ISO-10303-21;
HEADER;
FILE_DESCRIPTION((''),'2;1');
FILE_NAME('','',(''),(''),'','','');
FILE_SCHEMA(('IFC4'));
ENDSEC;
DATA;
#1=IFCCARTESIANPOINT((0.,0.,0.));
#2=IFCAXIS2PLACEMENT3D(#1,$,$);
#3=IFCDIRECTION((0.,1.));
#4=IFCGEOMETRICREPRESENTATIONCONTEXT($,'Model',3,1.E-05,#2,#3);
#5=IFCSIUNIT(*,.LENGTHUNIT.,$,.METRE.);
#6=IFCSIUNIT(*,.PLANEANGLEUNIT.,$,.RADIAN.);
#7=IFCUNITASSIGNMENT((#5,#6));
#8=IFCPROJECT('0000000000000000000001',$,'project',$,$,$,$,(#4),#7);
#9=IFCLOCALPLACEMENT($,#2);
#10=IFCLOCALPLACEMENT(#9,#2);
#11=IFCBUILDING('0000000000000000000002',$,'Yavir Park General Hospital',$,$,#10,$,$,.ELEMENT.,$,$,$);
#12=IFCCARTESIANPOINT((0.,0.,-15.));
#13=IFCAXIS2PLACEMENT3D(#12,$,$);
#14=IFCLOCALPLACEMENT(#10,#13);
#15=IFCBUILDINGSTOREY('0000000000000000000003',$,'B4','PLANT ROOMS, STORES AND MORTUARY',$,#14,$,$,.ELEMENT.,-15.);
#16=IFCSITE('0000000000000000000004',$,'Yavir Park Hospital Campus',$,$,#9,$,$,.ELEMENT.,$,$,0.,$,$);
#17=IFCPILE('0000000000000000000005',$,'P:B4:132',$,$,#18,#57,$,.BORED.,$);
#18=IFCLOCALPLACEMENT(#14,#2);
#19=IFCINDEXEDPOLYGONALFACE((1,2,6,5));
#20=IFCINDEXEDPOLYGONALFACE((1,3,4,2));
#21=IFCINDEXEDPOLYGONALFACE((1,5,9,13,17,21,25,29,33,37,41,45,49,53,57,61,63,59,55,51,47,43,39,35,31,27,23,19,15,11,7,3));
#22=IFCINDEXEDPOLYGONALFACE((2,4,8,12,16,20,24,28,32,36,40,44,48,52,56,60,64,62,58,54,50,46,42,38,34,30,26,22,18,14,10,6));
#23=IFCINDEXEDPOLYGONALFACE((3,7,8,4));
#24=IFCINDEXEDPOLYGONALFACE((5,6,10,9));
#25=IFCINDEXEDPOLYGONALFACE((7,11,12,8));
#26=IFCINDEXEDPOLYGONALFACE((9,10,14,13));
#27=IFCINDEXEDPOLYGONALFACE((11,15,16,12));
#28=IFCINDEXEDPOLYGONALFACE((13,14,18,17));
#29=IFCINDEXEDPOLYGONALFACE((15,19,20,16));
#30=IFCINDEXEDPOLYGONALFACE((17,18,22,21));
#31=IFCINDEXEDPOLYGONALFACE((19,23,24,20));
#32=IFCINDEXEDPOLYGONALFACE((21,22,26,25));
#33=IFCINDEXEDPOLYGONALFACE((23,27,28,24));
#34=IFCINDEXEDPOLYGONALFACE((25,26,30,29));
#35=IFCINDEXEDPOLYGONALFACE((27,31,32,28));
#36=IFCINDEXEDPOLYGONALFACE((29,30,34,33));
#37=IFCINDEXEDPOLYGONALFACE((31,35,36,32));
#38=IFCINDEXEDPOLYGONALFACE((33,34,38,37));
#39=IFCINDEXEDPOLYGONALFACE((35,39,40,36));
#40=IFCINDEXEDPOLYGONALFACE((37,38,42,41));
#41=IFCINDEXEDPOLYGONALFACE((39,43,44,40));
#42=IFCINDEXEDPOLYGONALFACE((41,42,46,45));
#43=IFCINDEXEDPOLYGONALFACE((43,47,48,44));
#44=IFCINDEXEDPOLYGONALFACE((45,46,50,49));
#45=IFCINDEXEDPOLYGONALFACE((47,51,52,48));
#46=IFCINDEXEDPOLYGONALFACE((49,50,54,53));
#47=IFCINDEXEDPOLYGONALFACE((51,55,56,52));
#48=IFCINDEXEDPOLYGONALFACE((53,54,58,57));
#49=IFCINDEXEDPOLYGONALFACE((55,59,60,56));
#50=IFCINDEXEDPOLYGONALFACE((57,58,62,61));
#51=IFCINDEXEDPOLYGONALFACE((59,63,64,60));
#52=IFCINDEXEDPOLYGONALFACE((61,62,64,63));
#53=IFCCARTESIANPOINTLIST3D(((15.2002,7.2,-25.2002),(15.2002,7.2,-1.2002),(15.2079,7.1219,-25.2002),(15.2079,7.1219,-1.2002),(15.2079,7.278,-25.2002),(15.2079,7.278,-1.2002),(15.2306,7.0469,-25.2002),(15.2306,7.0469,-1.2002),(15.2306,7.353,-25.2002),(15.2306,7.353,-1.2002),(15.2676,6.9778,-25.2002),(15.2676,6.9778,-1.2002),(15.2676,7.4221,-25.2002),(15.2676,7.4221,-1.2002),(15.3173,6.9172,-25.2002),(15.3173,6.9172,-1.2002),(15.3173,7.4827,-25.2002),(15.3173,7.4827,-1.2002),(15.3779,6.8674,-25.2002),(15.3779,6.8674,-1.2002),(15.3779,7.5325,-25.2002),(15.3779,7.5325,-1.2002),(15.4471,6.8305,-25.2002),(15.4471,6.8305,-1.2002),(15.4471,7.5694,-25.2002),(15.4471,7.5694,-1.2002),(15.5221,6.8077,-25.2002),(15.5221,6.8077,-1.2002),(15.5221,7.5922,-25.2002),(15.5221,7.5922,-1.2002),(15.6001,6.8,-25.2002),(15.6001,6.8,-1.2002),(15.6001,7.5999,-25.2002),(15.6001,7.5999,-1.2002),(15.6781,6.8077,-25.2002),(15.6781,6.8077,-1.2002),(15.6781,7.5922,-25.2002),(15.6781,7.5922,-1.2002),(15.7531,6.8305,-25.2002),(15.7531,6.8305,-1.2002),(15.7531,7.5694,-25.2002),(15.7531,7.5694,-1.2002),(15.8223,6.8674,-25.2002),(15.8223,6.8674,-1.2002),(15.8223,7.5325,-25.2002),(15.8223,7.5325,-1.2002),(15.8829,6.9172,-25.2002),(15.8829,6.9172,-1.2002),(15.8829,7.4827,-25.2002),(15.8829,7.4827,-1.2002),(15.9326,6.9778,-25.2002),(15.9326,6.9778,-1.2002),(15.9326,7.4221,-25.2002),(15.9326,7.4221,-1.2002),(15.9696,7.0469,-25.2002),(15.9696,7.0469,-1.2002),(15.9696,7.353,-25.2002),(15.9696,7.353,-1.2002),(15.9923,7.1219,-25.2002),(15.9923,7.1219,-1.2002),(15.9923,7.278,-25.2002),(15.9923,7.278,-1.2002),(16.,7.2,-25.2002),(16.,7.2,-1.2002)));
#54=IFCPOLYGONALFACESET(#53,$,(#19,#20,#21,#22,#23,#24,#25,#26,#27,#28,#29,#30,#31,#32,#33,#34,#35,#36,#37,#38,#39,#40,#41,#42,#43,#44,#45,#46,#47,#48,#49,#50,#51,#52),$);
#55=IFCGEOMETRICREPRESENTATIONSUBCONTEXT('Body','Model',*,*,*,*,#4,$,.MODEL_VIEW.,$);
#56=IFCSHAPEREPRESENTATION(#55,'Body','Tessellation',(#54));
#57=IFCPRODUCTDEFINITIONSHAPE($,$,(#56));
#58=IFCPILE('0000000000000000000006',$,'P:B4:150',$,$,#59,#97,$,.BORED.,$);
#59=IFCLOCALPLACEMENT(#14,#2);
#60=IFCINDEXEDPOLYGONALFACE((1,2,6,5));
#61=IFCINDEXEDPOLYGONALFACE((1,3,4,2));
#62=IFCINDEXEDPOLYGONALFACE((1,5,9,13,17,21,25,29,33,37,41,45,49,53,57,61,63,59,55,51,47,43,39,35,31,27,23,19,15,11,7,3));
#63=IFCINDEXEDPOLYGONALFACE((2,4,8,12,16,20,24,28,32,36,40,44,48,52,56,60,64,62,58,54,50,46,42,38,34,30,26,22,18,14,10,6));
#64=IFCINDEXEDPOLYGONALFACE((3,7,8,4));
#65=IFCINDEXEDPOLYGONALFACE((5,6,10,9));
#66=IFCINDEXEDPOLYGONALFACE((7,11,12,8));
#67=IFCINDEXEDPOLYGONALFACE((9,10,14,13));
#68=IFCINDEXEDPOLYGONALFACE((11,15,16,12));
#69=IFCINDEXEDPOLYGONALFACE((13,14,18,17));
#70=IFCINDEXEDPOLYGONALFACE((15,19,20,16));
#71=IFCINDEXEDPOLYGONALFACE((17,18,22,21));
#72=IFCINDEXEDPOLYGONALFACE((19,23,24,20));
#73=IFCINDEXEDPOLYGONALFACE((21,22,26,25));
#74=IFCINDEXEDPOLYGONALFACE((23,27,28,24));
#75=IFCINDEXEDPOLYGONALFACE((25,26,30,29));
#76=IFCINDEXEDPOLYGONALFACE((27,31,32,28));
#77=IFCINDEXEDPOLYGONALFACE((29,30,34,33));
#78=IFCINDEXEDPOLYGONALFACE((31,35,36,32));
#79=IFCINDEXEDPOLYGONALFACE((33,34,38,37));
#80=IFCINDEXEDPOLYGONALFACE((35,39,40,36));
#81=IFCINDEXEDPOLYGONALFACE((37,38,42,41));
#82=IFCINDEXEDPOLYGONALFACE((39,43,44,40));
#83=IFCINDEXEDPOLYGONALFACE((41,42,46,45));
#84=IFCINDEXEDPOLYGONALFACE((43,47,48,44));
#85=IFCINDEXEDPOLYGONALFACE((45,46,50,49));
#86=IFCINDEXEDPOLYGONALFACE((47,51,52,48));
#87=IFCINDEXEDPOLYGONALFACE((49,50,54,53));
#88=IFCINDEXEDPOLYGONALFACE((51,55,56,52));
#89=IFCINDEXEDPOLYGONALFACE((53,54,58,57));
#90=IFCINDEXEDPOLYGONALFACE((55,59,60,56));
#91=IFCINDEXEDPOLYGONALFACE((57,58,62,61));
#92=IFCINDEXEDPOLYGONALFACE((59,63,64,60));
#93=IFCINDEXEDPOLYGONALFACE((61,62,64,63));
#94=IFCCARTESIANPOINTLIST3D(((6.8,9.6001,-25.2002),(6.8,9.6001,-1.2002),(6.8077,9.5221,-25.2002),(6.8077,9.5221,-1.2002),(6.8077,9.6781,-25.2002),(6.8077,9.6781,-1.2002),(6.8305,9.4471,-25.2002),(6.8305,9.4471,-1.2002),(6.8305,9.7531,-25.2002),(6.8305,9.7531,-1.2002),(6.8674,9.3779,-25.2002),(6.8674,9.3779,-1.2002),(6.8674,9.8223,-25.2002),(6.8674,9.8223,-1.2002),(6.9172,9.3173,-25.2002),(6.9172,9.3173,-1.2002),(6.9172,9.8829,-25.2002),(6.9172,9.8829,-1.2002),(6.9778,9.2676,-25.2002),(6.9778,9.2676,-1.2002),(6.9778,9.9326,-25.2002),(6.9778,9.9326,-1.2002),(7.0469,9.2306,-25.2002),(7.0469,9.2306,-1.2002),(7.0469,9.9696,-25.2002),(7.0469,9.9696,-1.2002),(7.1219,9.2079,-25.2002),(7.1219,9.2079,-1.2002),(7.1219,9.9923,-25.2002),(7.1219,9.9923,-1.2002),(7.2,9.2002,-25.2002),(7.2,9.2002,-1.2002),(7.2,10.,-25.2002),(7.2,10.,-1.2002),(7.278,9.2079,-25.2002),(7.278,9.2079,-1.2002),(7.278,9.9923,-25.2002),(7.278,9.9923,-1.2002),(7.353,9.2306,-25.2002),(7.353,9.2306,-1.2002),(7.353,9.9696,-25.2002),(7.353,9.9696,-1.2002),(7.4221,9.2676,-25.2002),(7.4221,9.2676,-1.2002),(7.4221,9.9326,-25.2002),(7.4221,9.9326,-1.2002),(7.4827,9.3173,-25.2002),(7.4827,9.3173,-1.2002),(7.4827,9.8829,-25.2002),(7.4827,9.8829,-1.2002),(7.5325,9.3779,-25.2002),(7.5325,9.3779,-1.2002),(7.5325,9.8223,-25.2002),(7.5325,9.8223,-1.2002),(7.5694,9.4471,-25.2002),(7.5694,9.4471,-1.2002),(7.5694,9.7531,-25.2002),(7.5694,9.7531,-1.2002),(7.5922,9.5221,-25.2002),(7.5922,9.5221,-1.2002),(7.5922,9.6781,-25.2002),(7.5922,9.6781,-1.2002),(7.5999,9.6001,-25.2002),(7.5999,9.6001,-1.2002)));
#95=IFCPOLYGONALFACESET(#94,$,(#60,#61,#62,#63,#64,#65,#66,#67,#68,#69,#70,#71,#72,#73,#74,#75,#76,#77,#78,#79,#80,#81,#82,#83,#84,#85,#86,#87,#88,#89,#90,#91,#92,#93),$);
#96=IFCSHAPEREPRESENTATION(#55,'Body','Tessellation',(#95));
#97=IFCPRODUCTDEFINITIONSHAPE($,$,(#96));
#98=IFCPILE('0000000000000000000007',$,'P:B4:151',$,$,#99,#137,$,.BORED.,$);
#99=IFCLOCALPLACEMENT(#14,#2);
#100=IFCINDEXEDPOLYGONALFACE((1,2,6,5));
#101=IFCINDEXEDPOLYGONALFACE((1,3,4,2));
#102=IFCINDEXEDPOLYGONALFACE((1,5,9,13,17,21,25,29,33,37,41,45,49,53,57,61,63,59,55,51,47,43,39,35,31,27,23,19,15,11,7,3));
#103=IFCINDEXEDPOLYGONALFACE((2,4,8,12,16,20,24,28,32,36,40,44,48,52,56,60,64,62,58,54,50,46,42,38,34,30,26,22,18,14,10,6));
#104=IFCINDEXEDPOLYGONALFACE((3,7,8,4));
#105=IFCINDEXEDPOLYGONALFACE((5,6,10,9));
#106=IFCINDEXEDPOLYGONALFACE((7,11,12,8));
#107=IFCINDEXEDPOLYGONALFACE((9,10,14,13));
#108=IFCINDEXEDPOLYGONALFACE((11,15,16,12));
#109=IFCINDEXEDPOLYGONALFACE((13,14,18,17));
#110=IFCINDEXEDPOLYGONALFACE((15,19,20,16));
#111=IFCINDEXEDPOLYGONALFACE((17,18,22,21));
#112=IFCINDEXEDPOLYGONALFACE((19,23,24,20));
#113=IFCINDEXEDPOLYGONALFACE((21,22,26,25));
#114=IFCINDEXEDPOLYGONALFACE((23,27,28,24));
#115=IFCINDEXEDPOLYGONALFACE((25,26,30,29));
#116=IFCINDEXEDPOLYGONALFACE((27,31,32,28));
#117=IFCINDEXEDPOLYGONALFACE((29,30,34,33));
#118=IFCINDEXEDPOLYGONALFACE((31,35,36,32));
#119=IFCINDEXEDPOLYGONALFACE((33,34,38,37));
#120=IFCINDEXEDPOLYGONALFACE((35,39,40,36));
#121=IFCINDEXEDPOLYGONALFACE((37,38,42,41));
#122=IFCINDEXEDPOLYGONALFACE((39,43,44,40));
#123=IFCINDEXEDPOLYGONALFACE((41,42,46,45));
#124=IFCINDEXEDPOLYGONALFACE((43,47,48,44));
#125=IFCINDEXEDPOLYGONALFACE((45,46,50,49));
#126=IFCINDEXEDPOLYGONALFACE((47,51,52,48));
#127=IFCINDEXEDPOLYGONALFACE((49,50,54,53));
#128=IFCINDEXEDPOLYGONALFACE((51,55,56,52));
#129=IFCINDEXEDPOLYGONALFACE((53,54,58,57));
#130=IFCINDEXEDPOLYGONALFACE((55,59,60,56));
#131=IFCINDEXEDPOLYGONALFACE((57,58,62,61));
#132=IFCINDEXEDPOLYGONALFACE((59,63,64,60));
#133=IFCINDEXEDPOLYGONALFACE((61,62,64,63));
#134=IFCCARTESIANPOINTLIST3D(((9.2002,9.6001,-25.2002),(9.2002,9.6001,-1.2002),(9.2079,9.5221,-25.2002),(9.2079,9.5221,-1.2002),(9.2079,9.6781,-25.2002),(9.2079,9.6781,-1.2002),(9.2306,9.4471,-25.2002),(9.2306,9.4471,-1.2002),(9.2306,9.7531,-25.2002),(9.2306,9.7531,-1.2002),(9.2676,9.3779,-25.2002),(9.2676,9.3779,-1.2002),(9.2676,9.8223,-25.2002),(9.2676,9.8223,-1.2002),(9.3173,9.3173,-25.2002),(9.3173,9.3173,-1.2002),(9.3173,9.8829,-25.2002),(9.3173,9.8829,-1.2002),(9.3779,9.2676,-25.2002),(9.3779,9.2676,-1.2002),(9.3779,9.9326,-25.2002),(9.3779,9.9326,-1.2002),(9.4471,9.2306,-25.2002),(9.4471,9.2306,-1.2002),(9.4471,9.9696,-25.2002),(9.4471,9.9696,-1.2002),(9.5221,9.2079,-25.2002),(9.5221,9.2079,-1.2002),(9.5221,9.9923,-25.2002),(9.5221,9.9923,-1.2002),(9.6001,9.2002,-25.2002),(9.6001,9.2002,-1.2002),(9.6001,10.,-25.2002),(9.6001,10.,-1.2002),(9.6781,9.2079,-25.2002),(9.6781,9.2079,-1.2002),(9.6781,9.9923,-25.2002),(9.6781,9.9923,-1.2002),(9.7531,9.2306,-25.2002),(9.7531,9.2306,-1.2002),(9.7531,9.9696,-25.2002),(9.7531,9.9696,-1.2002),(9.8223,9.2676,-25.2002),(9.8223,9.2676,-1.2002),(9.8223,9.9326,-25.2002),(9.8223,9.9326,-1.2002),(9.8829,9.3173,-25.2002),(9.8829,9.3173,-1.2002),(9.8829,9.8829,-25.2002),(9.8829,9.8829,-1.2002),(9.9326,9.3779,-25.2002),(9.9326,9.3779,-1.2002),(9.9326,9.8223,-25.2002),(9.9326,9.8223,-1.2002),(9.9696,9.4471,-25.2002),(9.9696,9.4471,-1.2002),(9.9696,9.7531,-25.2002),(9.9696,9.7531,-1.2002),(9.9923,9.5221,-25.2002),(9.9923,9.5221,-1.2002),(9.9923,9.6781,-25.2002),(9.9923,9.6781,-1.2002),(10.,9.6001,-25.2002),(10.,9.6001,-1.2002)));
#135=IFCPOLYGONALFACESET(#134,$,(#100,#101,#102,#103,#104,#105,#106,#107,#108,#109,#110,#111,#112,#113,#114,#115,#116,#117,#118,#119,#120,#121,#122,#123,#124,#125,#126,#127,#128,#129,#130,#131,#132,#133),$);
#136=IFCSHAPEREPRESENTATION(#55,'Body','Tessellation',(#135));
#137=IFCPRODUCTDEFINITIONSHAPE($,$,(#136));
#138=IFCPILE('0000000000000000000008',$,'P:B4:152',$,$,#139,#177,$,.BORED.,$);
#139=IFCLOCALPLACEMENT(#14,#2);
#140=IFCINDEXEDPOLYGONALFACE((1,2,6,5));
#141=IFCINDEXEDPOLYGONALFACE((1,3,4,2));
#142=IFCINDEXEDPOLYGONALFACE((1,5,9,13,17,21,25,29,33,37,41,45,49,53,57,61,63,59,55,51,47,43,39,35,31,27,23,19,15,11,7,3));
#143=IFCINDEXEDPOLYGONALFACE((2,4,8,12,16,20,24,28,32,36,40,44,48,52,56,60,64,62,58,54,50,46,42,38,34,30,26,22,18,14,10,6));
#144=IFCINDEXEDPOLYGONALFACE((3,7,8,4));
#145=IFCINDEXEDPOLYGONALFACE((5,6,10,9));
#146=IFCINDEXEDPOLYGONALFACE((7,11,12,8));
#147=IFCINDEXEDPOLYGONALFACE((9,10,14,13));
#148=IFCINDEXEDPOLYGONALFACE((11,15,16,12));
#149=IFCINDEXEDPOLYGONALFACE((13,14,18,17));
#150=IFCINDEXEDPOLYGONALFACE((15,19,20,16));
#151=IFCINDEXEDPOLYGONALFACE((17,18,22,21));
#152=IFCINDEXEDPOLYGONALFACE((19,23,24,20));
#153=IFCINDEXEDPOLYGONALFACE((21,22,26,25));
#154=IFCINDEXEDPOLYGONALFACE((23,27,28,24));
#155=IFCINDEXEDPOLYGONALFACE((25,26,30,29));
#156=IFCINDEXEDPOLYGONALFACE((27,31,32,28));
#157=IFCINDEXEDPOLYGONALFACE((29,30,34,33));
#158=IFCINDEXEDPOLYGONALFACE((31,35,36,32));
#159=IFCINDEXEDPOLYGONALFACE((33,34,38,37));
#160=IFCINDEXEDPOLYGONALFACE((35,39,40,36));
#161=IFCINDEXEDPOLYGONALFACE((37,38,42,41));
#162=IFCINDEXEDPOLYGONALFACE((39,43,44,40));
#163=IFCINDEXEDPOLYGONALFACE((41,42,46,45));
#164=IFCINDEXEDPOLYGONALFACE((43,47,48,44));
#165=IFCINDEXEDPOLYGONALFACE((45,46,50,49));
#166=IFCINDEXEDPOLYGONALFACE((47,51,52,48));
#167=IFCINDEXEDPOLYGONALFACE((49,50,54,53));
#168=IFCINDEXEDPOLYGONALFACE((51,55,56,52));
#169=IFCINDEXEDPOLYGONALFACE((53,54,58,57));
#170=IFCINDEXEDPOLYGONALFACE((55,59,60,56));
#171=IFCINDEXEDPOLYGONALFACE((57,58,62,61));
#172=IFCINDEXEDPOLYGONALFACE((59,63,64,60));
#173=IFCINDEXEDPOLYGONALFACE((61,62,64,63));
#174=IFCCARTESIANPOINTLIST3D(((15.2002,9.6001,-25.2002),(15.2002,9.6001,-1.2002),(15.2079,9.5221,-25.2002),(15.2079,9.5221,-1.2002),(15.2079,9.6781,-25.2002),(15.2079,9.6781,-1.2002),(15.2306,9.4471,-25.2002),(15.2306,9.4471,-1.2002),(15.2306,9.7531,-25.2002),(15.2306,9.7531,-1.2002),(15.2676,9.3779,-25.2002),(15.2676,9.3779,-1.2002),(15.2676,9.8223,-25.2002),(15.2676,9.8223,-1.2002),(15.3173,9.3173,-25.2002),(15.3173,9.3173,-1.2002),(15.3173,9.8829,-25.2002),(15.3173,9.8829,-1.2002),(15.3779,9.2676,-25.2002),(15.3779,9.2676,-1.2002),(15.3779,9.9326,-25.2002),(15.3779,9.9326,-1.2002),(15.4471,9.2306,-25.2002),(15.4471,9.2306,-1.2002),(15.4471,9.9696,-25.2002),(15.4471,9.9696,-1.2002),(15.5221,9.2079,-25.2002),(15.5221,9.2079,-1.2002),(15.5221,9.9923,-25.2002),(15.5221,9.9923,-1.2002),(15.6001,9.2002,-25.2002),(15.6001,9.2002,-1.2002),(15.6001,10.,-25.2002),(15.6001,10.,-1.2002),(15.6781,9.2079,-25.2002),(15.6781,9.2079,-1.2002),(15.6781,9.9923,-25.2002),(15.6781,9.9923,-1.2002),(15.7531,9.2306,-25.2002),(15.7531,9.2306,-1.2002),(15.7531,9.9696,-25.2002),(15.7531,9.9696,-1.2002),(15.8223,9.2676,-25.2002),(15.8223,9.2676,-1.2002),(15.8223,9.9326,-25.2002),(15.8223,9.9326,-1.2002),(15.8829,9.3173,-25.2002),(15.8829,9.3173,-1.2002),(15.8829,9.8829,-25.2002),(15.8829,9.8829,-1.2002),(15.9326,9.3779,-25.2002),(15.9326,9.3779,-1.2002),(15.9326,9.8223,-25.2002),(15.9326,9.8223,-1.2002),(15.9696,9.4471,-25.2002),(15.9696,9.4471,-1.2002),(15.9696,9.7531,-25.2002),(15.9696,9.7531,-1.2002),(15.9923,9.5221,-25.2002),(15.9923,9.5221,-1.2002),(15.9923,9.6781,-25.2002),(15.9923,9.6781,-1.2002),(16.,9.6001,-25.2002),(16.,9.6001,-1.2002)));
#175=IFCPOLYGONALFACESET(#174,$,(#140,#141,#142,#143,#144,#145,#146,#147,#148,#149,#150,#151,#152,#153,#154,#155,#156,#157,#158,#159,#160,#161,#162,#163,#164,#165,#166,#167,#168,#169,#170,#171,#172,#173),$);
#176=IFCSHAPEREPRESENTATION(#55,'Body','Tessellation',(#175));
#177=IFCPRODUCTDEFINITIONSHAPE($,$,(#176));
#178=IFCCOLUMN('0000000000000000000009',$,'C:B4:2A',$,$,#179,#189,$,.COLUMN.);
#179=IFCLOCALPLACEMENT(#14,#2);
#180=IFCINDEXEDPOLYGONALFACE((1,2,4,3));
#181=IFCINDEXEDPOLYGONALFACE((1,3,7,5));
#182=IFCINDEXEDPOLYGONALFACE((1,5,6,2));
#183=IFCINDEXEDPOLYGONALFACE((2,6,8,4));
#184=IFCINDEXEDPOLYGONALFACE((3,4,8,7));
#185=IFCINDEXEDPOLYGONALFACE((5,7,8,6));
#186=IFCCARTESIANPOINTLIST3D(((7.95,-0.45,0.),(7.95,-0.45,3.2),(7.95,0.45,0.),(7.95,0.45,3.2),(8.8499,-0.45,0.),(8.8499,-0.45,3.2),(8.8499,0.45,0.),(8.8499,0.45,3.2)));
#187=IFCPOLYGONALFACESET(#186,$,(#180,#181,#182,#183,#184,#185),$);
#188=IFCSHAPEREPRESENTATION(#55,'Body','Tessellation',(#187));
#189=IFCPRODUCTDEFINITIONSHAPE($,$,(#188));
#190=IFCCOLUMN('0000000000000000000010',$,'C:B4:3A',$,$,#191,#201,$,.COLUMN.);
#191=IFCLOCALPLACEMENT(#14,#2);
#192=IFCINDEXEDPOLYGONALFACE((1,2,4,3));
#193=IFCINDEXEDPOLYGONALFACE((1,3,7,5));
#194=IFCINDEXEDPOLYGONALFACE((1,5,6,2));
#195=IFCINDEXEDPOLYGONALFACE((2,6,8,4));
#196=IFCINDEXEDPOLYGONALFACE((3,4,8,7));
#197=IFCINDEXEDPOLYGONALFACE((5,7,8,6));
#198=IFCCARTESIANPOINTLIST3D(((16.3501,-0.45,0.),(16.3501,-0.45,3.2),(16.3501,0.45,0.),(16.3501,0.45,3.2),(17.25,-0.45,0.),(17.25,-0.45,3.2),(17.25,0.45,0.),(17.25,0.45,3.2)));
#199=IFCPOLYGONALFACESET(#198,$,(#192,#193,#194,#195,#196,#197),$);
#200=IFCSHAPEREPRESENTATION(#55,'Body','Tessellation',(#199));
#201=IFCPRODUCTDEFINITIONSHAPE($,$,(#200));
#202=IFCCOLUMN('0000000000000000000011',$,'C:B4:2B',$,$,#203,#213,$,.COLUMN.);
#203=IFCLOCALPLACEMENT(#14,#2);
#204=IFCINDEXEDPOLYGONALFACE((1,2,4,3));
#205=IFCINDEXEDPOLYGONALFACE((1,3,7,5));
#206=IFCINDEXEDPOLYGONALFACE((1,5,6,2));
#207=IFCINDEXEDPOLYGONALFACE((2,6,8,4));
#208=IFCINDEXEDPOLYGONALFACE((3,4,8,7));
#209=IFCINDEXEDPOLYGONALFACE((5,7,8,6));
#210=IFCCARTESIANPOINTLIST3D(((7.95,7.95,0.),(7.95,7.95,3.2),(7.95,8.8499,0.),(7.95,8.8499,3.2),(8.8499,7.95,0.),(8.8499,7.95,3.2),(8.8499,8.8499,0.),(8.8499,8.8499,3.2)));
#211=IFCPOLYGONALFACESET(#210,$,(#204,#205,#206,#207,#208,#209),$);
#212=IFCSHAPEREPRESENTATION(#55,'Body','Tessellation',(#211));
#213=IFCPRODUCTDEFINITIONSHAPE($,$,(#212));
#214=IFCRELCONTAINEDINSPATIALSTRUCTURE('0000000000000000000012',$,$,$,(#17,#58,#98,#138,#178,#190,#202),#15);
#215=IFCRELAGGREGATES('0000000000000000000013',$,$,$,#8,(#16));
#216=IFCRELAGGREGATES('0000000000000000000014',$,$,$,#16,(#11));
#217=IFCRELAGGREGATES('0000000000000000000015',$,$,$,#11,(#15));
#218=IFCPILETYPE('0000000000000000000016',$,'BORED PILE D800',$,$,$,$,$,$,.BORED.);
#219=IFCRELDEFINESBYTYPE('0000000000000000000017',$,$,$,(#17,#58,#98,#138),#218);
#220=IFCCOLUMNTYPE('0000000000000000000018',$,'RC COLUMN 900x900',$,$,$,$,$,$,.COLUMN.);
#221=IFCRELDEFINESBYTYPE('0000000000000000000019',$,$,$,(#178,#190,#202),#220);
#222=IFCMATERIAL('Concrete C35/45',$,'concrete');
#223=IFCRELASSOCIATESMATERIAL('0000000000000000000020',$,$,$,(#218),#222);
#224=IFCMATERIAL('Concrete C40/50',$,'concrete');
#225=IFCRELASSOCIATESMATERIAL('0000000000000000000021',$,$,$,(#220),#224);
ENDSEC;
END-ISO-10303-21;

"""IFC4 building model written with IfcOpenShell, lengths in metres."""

from ifc_helpers import new_model, si_unit, direction, frame, origin, origin_2d, place, context, subcontext, project, spatial, rectangle, circle, extrude, material, material_profile, profile_set, type_object, element, save


model = new_model("IFC4")

# Units and contexts
model_context = context("Model", 3, precision=1e-05, world=origin(), true_north=direction((0.0, 1.0)))
body_context = subcontext(model_context, "Body", "Model", "MODEL_VIEW")
ifc_project = project(units=[si_unit("LENGTHUNIT", "METRE"), si_unit("PLANEANGLEUNIT", "RADIAN")], contexts=[model_context])

# Site, building, storey
site_placement = place(None, origin())
site = spatial("IfcSite", under=ifc_project, at=site_placement, Name="Yavir Park Hospital Campus", CompositionType="ELEMENT", RefElevation=0.0)
building_placement = place(site_placement, origin())
building = spatial("IfcBuilding", under=site, at=building_placement, Name="Yavir Park General Hospital", CompositionType="ELEMENT")
storey_placement = place(building_placement, frame((0.0, 0.0, -15.0)))
storey = spatial("IfcBuildingStorey", under=building, at=storey_placement, Name="B4", Description="PLANT ROOMS, STORES AND MORTUARY", CompositionType="ELEMENT", Elevation=-15.0)

# Piles
ifc_material_1 = material(Name="Concrete C35/45", Category="concrete")
ifc_material_profile_1 = material_profile(ifc_material_1, circle(Radius=0.3999, at=origin_2d()), Name="D800")
ifc_profile_set_1 = profile_set([ifc_material_profile_1], Name="Concrete C35/45")
pile_type = type_object("IfcPileType", Name="BORED PILE D800", PredefinedType="BORED", material=ifc_profile_set_1)
for number, where, z_axis, x_axis, name in (
    (1, (15.6001, 7.2, -1.2002), (0.0, 0.0, -1.0), (1.0, 0.0, 0.0), "P:B4:132"),
    (2, (7.2, 9.6001, -1.2002), (0.0, 0.0, -1.0), (1.0, 0.0, 0.0), "P:B4:150"),
    (3, (9.6001, 9.6001, -1.2002), (0.0, 0.0, -1.0), (1.0, 0.0, 0.0), "P:B4:151"),
    (4, (15.6001, 9.6001, -1.2002), (0.0, 0.0, -1.0), (1.0, 0.0, 0.0), "P:B4:152"),
):
    element("IfcPile", number, at=place(storey_placement, frame(where, z_axis=z_axis, x_axis=x_axis)), inside=storey, type_object=pile_type, Name=name, PredefinedType="BORED", context=body_context, shape_type="SweptSolid", body=[
        extrude(circle(Radius=0.3999, at=origin_2d()), origin(), (0.0, 0.0, 1.0), 24.0),
    ])

# Columns
ifc_material_2 = material(Name="Concrete C40/50", Category="concrete")
ifc_material_profile_2 = material_profile(ifc_material_2, rectangle(XDim=0.8999, YDim=0.8999, at=origin_2d()), Name="RC900x900")
ifc_profile_set_2 = profile_set([ifc_material_profile_2], Name="Concrete C40/50")
column_type = type_object("IfcColumnType", Name="RC COLUMN 900x900", PredefinedType="COLUMN", material=ifc_profile_set_2)
for number, where, z_axis, x_axis, name in (
    (5, (8.3999, 0.0, 0.0), (0.0, 0.0, 1.0), (1.0, 0.0, 0.0), "C:B4:2A"),
    (6, (16.8, 0.0, 0.0), (0.0, 0.0, 1.0), (1.0, 0.0, 0.0), "C:B4:3A"),
    (7, (8.3999, 8.3999, 0.0), (0.0, 0.0, 1.0), (1.0, 0.0, 0.0), "C:B4:2B"),
):
    element("IfcColumn", number, at=place(storey_placement, frame(where, z_axis=z_axis, x_axis=x_axis)), inside=storey, type_object=column_type, Name=name, PredefinedType="COLUMN", context=body_context, shape_type="SweptSolid", body=[
        extrude(rectangle(XDim=0.8999, YDim=0.8999, at=origin_2d()), origin(), (0.0, 0.0, 1.0), 3.2),
    ])

save(model, "model.ifc")
